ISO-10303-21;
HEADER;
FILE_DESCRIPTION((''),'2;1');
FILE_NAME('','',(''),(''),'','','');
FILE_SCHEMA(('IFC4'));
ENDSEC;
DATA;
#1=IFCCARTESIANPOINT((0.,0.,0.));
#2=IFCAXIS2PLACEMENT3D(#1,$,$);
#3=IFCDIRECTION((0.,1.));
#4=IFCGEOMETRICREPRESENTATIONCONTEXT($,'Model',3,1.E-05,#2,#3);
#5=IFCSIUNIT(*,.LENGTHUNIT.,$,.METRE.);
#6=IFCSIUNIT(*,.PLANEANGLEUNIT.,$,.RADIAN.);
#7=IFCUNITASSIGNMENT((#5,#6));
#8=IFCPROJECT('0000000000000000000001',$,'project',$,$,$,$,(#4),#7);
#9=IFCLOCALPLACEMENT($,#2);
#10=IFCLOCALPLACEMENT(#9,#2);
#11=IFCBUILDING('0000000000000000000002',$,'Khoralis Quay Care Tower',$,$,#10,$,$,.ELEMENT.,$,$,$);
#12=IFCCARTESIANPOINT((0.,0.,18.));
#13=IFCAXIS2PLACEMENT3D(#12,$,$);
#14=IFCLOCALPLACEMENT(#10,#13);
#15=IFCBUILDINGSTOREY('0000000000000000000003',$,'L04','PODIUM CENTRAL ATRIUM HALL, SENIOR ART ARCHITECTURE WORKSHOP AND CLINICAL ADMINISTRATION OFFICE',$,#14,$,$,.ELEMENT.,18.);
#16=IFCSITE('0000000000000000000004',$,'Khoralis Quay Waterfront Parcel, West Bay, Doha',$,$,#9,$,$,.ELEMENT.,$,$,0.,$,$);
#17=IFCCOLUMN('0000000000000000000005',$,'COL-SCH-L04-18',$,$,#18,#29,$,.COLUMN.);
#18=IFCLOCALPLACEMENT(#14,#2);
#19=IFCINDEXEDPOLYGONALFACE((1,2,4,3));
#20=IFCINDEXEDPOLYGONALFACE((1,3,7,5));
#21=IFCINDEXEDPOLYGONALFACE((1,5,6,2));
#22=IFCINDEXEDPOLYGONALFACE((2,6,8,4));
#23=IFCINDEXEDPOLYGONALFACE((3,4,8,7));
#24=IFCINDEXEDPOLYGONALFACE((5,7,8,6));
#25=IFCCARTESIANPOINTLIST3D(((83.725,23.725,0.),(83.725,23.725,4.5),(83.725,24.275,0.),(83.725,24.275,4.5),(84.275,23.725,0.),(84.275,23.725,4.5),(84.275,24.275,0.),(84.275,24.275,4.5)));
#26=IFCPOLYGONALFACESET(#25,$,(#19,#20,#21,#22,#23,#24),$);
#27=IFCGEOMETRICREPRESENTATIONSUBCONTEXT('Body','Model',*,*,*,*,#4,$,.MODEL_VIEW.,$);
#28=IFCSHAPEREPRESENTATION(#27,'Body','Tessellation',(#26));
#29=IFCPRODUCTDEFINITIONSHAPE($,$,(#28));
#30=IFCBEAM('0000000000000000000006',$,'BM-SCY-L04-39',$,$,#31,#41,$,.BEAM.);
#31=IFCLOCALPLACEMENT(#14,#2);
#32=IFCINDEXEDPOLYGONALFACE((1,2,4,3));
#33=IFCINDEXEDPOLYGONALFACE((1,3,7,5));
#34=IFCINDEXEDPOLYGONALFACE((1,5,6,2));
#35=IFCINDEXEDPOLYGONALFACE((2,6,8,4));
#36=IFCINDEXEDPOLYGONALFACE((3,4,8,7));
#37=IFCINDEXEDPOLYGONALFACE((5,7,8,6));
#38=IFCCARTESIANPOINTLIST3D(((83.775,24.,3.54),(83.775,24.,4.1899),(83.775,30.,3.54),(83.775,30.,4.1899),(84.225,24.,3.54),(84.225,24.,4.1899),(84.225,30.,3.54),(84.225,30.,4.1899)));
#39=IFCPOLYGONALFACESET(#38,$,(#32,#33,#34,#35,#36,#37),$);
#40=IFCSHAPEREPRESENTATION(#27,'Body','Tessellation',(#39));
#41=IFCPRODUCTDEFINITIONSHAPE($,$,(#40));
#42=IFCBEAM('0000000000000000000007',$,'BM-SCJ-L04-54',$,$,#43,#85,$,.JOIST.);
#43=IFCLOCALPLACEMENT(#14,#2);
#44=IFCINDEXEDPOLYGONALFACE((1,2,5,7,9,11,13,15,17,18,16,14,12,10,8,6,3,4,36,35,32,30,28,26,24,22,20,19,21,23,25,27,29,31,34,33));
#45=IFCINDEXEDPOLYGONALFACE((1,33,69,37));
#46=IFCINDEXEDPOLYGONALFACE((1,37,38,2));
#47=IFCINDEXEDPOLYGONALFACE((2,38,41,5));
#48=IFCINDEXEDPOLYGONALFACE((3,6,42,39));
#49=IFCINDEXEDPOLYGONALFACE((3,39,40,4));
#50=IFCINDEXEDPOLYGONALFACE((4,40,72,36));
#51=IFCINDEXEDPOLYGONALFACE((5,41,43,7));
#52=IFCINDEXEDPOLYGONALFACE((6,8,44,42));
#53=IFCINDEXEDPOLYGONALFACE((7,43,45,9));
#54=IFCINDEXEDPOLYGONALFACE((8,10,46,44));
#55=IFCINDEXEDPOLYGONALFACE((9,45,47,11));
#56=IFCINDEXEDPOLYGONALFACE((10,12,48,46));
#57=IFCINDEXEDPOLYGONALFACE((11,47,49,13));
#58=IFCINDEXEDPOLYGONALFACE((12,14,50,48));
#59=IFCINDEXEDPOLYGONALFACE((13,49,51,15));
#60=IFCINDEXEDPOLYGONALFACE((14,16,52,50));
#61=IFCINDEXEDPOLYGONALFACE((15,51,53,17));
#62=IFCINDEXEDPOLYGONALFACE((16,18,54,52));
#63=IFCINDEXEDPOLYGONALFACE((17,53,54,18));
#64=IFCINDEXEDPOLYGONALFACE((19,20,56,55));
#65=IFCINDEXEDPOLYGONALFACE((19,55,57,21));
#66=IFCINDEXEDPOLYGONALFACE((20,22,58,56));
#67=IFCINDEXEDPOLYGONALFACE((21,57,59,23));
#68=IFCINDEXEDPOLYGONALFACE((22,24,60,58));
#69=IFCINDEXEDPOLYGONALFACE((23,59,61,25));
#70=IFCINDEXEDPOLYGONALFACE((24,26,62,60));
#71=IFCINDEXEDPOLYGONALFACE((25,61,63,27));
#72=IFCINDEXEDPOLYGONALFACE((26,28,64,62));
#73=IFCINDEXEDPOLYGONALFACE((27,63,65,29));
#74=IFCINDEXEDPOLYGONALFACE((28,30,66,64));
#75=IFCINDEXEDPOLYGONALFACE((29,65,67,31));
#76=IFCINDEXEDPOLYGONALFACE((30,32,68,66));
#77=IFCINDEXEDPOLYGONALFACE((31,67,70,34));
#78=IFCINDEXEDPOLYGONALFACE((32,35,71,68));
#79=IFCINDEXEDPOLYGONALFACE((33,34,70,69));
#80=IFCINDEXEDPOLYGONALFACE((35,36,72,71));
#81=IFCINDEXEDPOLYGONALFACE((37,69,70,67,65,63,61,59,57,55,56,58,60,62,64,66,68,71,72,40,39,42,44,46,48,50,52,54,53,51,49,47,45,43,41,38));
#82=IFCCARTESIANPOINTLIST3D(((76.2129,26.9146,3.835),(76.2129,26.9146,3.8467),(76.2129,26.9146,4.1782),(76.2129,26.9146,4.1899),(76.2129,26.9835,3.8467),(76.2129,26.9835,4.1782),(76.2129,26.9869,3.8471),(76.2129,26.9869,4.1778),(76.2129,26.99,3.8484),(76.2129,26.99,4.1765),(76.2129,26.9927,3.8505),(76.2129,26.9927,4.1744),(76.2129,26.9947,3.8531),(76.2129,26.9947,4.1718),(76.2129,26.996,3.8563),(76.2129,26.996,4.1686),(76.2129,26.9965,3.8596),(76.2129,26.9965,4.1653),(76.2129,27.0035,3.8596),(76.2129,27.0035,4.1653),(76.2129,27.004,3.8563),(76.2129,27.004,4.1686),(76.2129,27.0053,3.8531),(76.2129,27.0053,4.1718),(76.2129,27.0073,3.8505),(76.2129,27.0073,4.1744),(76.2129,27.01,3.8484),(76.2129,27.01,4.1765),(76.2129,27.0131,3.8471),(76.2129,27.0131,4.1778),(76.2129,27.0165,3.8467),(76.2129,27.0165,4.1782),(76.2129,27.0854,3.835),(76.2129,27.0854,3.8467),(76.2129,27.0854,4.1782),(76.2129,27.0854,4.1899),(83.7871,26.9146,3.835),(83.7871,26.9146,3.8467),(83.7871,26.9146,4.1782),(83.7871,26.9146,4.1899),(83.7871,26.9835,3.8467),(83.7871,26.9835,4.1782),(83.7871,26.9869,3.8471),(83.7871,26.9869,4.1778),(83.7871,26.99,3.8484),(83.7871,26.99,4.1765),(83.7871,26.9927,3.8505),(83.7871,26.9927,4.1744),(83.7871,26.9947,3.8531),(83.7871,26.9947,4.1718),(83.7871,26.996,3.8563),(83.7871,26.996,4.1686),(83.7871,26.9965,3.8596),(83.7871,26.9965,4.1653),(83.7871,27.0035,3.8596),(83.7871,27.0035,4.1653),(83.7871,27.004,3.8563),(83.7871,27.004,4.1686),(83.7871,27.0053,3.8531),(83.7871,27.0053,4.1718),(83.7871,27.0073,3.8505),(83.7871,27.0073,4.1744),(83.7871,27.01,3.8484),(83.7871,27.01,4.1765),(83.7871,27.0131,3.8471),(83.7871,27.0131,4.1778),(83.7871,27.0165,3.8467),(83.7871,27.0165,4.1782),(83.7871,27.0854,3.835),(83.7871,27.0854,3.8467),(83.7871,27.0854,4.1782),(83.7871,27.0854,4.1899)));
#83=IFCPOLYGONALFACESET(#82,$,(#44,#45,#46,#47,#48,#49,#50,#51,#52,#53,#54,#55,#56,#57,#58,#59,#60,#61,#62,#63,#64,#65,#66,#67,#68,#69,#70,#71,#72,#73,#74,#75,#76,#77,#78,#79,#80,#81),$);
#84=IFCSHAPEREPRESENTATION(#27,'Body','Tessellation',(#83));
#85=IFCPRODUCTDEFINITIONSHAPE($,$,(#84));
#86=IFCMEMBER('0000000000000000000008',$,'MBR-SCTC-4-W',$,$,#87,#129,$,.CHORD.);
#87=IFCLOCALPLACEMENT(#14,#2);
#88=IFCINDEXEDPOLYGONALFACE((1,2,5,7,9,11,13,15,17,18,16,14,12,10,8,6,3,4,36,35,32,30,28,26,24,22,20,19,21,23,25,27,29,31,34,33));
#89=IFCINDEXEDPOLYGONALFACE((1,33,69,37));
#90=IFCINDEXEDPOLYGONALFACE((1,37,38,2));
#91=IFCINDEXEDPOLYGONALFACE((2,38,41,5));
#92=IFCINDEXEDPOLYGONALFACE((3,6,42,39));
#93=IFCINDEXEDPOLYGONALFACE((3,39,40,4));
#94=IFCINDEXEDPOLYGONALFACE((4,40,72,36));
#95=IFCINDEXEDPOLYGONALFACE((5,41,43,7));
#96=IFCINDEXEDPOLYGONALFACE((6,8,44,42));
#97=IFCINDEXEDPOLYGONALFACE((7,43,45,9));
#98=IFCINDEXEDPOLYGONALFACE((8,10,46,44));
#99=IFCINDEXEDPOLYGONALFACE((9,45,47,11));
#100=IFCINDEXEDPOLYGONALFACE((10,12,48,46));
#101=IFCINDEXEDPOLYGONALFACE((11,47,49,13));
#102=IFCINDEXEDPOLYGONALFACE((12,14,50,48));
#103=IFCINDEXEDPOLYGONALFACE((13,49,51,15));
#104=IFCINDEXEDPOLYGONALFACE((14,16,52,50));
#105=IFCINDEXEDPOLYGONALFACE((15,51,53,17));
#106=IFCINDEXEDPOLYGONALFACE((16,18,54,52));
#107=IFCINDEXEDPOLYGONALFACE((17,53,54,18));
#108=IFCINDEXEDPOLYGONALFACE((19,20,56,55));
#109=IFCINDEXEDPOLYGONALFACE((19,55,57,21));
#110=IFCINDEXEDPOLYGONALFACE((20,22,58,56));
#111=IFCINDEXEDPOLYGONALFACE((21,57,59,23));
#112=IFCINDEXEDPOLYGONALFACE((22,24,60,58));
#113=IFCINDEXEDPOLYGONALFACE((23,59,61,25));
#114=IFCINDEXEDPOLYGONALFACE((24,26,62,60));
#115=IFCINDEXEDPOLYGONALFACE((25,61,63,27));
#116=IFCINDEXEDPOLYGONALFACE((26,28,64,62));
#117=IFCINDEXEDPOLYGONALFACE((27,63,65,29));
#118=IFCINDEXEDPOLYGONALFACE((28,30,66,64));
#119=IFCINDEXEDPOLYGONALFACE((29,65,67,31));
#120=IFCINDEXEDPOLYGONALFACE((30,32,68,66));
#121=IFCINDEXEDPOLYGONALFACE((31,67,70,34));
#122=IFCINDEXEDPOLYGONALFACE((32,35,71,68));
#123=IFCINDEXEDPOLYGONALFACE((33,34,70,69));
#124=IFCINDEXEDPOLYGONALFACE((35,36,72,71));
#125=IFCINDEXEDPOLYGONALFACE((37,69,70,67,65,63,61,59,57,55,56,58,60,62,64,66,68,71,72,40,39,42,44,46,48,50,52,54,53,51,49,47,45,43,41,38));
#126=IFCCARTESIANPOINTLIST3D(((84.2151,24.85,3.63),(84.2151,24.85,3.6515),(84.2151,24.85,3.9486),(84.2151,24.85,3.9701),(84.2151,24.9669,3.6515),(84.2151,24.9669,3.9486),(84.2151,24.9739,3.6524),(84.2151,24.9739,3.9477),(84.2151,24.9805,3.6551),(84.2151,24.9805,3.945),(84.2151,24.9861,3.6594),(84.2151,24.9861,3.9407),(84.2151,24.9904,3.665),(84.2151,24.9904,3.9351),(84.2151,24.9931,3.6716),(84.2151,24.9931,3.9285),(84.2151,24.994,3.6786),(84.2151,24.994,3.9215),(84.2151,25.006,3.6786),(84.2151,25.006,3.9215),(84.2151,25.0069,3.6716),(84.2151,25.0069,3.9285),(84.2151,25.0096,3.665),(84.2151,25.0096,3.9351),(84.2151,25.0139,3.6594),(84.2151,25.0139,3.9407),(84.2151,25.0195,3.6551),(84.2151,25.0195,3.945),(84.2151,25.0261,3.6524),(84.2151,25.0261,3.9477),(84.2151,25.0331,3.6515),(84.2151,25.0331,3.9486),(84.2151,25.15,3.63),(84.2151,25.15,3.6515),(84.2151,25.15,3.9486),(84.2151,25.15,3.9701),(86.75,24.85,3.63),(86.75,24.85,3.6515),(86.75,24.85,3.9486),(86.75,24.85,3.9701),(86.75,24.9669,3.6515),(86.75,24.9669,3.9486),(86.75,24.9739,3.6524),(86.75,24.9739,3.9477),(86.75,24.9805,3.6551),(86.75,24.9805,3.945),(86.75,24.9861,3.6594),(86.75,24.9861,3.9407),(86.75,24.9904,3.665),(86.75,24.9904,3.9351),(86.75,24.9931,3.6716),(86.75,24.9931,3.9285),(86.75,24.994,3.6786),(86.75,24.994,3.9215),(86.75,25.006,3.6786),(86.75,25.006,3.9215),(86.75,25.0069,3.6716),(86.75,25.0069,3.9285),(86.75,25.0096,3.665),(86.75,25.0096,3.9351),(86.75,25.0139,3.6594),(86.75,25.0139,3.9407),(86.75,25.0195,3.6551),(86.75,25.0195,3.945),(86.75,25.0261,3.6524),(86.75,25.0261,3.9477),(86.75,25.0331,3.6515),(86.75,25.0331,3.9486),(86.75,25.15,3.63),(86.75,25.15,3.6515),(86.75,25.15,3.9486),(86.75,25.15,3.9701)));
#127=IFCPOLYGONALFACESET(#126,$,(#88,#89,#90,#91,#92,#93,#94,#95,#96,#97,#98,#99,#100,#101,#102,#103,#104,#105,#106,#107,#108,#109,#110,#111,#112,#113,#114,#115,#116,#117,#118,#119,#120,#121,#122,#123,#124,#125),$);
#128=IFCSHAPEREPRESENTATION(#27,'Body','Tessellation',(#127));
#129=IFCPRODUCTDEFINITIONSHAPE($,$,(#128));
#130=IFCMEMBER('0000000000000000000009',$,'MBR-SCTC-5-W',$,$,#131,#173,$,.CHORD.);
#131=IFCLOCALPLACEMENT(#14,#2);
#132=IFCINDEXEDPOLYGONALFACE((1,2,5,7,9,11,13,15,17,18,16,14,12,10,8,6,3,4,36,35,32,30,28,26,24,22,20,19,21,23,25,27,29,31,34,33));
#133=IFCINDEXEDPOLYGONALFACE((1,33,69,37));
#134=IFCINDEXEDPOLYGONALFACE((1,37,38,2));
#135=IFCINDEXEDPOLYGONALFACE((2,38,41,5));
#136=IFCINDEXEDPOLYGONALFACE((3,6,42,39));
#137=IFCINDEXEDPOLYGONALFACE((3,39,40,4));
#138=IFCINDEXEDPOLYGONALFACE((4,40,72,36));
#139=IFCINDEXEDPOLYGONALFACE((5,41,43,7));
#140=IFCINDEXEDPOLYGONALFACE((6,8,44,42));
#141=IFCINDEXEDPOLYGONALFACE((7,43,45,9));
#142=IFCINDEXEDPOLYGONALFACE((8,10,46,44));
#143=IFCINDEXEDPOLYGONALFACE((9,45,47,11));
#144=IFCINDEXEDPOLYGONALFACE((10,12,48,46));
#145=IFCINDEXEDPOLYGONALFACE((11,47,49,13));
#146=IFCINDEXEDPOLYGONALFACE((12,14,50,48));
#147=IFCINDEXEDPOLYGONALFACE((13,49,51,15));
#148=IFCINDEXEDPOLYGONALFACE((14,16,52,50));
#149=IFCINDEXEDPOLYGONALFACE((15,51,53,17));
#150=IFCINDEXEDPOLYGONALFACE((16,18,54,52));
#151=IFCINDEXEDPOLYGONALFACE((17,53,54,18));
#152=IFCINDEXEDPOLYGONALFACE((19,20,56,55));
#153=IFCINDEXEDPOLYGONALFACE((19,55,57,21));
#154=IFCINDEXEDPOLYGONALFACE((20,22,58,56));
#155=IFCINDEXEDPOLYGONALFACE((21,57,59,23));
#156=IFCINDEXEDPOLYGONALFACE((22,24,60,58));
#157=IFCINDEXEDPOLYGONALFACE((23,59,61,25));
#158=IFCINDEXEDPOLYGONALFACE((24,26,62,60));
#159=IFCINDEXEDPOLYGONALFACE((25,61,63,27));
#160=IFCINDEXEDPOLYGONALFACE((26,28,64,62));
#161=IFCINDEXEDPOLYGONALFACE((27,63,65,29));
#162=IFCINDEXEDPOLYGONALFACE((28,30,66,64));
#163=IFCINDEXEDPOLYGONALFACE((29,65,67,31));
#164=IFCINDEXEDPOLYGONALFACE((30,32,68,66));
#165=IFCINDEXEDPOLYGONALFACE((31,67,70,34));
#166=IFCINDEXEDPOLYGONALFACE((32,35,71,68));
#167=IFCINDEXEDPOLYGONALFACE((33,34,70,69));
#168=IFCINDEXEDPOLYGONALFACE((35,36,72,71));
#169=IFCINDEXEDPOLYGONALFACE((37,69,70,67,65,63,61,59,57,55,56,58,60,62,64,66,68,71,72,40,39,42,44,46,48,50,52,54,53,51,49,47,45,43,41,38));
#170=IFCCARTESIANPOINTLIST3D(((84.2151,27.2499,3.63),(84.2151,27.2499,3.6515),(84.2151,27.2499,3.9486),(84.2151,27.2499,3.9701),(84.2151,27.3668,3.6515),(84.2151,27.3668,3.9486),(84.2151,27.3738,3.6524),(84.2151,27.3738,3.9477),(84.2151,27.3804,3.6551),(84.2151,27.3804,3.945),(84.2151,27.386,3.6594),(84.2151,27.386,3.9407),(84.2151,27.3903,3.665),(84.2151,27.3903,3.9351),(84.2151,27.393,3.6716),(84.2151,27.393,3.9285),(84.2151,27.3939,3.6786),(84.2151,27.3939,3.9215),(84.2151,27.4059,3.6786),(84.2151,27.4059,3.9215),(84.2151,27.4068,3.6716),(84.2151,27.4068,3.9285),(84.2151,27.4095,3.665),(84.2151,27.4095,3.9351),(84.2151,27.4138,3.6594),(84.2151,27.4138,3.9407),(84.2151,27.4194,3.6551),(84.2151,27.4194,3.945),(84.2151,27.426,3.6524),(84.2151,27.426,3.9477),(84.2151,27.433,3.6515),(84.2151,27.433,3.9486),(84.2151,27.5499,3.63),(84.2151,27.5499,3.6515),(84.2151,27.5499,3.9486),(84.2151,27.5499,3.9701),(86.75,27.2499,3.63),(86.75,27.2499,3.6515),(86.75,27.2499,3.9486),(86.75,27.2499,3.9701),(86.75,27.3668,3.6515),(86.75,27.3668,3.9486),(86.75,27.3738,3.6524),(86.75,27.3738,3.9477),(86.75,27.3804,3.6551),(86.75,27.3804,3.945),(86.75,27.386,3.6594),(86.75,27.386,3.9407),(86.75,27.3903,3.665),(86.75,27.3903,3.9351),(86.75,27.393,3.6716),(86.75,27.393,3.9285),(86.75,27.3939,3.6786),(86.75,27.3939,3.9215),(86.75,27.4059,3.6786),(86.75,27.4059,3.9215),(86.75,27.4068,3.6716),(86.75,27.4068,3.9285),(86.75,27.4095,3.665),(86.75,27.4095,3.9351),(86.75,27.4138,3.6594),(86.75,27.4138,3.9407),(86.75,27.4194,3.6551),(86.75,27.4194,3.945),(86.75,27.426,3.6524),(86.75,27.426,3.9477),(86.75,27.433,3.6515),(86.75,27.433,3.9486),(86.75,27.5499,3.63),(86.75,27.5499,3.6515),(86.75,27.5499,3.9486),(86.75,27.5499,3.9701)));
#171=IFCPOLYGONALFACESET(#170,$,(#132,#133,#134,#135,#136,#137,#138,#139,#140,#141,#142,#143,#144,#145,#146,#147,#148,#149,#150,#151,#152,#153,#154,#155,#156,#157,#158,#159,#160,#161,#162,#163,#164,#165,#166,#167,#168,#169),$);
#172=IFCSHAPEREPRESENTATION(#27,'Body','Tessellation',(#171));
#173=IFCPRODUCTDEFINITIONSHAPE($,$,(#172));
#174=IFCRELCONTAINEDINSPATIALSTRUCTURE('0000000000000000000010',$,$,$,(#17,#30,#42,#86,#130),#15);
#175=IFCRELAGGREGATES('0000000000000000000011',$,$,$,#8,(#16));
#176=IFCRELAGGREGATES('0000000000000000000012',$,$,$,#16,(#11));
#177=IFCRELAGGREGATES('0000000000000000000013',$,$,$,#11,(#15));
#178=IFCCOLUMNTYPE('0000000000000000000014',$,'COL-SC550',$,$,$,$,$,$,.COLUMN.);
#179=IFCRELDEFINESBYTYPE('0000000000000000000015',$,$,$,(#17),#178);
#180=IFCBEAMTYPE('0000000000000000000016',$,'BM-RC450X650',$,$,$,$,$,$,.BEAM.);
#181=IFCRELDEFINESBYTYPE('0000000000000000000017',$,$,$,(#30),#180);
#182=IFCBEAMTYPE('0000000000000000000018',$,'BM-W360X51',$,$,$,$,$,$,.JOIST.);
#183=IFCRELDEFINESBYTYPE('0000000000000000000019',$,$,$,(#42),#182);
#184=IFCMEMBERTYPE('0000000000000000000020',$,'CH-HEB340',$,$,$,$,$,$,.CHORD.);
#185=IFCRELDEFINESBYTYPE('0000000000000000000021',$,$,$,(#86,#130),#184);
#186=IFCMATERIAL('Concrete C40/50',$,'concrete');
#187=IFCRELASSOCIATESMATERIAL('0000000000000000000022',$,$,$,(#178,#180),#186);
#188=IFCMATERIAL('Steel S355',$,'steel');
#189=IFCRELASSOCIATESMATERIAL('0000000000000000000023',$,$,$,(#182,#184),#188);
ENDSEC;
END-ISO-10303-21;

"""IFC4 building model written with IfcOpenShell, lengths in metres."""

from ifc_helpers import new_model, si_unit, direction, frame, origin, origin_2d, place, context, subcontext, project, spatial, rectangle, i_section, extrude, source, transform, mapped, material, material_profile, profile_set, type_object, element, save


model = new_model("IFC4")

# Units and contexts
model_context = context("Model", 3, precision=1e-05, world=origin(), true_north=direction((0.0, 1.0)))
body_context = subcontext(model_context, "Body", "Model", "MODEL_VIEW")
ifc_project = project(units=[si_unit("LENGTHUNIT", "METRE"), si_unit("PLANEANGLEUNIT", "RADIAN")], contexts=[model_context])

# Site, building, storey
site_placement = place(None, origin())
site = spatial("IfcSite", under=ifc_project, at=site_placement, Name="Khoralis Quay Waterfront Parcel, West Bay, Doha", CompositionType="ELEMENT", RefElevation=0.0)
building_placement = place(site_placement, origin())
building = spatial("IfcBuilding", under=site, at=building_placement, Name="Khoralis Quay Care Tower", CompositionType="ELEMENT")
storey_placement = place(building_placement, frame((0.0, 0.0, 18.0)))
storey = spatial("IfcBuildingStorey", under=building, at=storey_placement, Name="L04", Description="PODIUM CENTRAL ATRIUM HALL, SENIOR ART ARCHITECTURE WORKSHOP AND CLINICAL ADMINISTRATION OFFICE", CompositionType="ELEMENT", Elevation=18.0)

# Column
ifc_material_1 = material(Name="Concrete C40/50", Category="concrete")
ifc_material_profile_1 = material_profile(ifc_material_1, rectangle(XDim=0.55, YDim=0.55, at=origin_2d()), Name="Concrete C40/50")
ifc_profile_set_1 = profile_set([ifc_material_profile_1], Name="Concrete C40/50")
column_type = type_object("IfcColumnType", Name="COL-SC550", PredefinedType="COLUMN", material=ifc_profile_set_1)
shared_shape_1 = source(origin(), body_context, "Body", "SweptSolid", [
    extrude(rectangle(XDim=0.55, YDim=0.55, at=origin_2d()), origin(), (0.0, 0.0, 1.0), 4.5),
])
column_placement = place(storey_placement, frame((84.0, 24.0, 0.0), z_axis=(0.0, 0.0, 1.0), x_axis=(1.0, 0.0, 0.0)))
element("IfcColumn", 1, at=column_placement, inside=storey, type_object=column_type, Name="COL-SCH-L04-18", PredefinedType="COLUMN", context=body_context, shape_type="MappedRepresentation", body=[
    mapped(shared_shape_1, transform((0.0, 0.0, 0.0), scale=1.0)),
])

# Beams
ifc_material_profile_2 = material_profile(ifc_material_1, rectangle(XDim=0.45, YDim=0.6499, at=origin_2d()), Name="Concrete C40/50")
ifc_profile_set_2 = profile_set([ifc_material_profile_2], Name="Concrete C40/50")
beam_type_1 = type_object("IfcBeamType", Name="BM-RC450X650", PredefinedType="BEAM", material=ifc_profile_set_2)
shared_shape_2 = source(origin(), body_context, "Body", "SweptSolid", [
    extrude(rectangle(XDim=0.45, YDim=0.6499, at=origin_2d()), origin(), (0.0, 0.0, 1.0), 6.0),
])
beam_1_placement = place(storey_placement, frame((84.0, 24.0, 3.865), z_axis=(0.0, 1.0, 0.0), x_axis=(-1.0, 0.0, 0.0)))
element("IfcBeam", 2, at=beam_1_placement, inside=storey, type_object=beam_type_1, Name="BM-SCY-L04-39", PredefinedType="BEAM", context=body_context, shape_type="MappedRepresentation", body=[
    mapped(shared_shape_2, transform((0.0, 0.0, 0.0), scale=1.0)),
])
ifc_material_2 = material(Name="Steel S355", Category="steel")
ifc_material_profile_3 = material_profile(ifc_material_2, i_section(OverallWidth=0.1709, OverallDepth=0.355, WebThickness=0.0071, FlangeThickness=0.0117, FilletRadius=0.0129, at=origin_2d()), Name="Steel S355")
ifc_profile_set_3 = profile_set([ifc_material_profile_3], Name="Steel S355")
beam_type_2 = type_object("IfcBeamType", Name="BM-W360X51", PredefinedType="JOIST", material=ifc_profile_set_3)
shared_shape_3 = source(origin(), body_context, "Body", "SweptSolid", [
    extrude(i_section(OverallWidth=0.1709, OverallDepth=0.355, WebThickness=0.0071, FlangeThickness=0.0117, FilletRadius=0.0129, at=origin_2d()), origin(), (0.0, 0.0, 1.0), 7.5742),
])
beam_2_placement = place(storey_placement, frame((76.2129, 27.0, 4.0125), z_axis=(1.0, 0.0, 0.0), x_axis=(0.0, 1.0, 0.0)))
element("IfcBeam", 3, at=beam_2_placement, inside=storey, type_object=beam_type_2, Name="BM-SCJ-L04-54", PredefinedType="JOIST", context=body_context, shape_type="MappedRepresentation", body=[
    mapped(shared_shape_3, transform((0.0, 0.0, 0.0), scale=1.0)),
])

# Members
ifc_material_profile_4 = material_profile(ifc_material_2, i_section(OverallWidth=0.3, OverallDepth=0.3401, WebThickness=0.012, FlangeThickness=0.0215, FilletRadius=0.0271, at=origin_2d()), Name="Steel S355")
ifc_profile_set_4 = profile_set([ifc_material_profile_4], Name="Steel S355")
member_type_1 = type_object("IfcMemberType", Name="CH-HEB340", PredefinedType="CHORD", material=ifc_profile_set_4)
shared_shape_4 = source(origin(), body_context, "Body", "SweptSolid", [
    extrude(i_section(OverallWidth=0.3, OverallDepth=0.3401, WebThickness=0.012, FlangeThickness=0.0215, FilletRadius=0.0271, at=origin_2d()), origin(), (0.0, 0.0, 1.0), 2.5349),
])
for number, where, z_axis, x_axis, name in (
    (4, (84.2151, 25.0, 3.8), (1.0, 0.0, 0.0), (0.0, 1.0, 0.0), "MBR-SCTC-4-W"),
    (5, (84.2151, 27.3999, 3.8), (1.0, 0.0, 0.0), (0.0, 1.0, 0.0), "MBR-SCTC-5-W"),
):
    element("IfcMember", number, at=place(storey_placement, frame(where, z_axis=z_axis, x_axis=x_axis)), inside=storey, type_object=member_type_1, Name=name, PredefinedType="CHORD", context=body_context, shape_type="MappedRepresentation", body=[
        mapped(shared_shape_4, transform((0.0, 0.0, 0.0), scale=1.0)),
    ])

save(model, "model.ifc")
